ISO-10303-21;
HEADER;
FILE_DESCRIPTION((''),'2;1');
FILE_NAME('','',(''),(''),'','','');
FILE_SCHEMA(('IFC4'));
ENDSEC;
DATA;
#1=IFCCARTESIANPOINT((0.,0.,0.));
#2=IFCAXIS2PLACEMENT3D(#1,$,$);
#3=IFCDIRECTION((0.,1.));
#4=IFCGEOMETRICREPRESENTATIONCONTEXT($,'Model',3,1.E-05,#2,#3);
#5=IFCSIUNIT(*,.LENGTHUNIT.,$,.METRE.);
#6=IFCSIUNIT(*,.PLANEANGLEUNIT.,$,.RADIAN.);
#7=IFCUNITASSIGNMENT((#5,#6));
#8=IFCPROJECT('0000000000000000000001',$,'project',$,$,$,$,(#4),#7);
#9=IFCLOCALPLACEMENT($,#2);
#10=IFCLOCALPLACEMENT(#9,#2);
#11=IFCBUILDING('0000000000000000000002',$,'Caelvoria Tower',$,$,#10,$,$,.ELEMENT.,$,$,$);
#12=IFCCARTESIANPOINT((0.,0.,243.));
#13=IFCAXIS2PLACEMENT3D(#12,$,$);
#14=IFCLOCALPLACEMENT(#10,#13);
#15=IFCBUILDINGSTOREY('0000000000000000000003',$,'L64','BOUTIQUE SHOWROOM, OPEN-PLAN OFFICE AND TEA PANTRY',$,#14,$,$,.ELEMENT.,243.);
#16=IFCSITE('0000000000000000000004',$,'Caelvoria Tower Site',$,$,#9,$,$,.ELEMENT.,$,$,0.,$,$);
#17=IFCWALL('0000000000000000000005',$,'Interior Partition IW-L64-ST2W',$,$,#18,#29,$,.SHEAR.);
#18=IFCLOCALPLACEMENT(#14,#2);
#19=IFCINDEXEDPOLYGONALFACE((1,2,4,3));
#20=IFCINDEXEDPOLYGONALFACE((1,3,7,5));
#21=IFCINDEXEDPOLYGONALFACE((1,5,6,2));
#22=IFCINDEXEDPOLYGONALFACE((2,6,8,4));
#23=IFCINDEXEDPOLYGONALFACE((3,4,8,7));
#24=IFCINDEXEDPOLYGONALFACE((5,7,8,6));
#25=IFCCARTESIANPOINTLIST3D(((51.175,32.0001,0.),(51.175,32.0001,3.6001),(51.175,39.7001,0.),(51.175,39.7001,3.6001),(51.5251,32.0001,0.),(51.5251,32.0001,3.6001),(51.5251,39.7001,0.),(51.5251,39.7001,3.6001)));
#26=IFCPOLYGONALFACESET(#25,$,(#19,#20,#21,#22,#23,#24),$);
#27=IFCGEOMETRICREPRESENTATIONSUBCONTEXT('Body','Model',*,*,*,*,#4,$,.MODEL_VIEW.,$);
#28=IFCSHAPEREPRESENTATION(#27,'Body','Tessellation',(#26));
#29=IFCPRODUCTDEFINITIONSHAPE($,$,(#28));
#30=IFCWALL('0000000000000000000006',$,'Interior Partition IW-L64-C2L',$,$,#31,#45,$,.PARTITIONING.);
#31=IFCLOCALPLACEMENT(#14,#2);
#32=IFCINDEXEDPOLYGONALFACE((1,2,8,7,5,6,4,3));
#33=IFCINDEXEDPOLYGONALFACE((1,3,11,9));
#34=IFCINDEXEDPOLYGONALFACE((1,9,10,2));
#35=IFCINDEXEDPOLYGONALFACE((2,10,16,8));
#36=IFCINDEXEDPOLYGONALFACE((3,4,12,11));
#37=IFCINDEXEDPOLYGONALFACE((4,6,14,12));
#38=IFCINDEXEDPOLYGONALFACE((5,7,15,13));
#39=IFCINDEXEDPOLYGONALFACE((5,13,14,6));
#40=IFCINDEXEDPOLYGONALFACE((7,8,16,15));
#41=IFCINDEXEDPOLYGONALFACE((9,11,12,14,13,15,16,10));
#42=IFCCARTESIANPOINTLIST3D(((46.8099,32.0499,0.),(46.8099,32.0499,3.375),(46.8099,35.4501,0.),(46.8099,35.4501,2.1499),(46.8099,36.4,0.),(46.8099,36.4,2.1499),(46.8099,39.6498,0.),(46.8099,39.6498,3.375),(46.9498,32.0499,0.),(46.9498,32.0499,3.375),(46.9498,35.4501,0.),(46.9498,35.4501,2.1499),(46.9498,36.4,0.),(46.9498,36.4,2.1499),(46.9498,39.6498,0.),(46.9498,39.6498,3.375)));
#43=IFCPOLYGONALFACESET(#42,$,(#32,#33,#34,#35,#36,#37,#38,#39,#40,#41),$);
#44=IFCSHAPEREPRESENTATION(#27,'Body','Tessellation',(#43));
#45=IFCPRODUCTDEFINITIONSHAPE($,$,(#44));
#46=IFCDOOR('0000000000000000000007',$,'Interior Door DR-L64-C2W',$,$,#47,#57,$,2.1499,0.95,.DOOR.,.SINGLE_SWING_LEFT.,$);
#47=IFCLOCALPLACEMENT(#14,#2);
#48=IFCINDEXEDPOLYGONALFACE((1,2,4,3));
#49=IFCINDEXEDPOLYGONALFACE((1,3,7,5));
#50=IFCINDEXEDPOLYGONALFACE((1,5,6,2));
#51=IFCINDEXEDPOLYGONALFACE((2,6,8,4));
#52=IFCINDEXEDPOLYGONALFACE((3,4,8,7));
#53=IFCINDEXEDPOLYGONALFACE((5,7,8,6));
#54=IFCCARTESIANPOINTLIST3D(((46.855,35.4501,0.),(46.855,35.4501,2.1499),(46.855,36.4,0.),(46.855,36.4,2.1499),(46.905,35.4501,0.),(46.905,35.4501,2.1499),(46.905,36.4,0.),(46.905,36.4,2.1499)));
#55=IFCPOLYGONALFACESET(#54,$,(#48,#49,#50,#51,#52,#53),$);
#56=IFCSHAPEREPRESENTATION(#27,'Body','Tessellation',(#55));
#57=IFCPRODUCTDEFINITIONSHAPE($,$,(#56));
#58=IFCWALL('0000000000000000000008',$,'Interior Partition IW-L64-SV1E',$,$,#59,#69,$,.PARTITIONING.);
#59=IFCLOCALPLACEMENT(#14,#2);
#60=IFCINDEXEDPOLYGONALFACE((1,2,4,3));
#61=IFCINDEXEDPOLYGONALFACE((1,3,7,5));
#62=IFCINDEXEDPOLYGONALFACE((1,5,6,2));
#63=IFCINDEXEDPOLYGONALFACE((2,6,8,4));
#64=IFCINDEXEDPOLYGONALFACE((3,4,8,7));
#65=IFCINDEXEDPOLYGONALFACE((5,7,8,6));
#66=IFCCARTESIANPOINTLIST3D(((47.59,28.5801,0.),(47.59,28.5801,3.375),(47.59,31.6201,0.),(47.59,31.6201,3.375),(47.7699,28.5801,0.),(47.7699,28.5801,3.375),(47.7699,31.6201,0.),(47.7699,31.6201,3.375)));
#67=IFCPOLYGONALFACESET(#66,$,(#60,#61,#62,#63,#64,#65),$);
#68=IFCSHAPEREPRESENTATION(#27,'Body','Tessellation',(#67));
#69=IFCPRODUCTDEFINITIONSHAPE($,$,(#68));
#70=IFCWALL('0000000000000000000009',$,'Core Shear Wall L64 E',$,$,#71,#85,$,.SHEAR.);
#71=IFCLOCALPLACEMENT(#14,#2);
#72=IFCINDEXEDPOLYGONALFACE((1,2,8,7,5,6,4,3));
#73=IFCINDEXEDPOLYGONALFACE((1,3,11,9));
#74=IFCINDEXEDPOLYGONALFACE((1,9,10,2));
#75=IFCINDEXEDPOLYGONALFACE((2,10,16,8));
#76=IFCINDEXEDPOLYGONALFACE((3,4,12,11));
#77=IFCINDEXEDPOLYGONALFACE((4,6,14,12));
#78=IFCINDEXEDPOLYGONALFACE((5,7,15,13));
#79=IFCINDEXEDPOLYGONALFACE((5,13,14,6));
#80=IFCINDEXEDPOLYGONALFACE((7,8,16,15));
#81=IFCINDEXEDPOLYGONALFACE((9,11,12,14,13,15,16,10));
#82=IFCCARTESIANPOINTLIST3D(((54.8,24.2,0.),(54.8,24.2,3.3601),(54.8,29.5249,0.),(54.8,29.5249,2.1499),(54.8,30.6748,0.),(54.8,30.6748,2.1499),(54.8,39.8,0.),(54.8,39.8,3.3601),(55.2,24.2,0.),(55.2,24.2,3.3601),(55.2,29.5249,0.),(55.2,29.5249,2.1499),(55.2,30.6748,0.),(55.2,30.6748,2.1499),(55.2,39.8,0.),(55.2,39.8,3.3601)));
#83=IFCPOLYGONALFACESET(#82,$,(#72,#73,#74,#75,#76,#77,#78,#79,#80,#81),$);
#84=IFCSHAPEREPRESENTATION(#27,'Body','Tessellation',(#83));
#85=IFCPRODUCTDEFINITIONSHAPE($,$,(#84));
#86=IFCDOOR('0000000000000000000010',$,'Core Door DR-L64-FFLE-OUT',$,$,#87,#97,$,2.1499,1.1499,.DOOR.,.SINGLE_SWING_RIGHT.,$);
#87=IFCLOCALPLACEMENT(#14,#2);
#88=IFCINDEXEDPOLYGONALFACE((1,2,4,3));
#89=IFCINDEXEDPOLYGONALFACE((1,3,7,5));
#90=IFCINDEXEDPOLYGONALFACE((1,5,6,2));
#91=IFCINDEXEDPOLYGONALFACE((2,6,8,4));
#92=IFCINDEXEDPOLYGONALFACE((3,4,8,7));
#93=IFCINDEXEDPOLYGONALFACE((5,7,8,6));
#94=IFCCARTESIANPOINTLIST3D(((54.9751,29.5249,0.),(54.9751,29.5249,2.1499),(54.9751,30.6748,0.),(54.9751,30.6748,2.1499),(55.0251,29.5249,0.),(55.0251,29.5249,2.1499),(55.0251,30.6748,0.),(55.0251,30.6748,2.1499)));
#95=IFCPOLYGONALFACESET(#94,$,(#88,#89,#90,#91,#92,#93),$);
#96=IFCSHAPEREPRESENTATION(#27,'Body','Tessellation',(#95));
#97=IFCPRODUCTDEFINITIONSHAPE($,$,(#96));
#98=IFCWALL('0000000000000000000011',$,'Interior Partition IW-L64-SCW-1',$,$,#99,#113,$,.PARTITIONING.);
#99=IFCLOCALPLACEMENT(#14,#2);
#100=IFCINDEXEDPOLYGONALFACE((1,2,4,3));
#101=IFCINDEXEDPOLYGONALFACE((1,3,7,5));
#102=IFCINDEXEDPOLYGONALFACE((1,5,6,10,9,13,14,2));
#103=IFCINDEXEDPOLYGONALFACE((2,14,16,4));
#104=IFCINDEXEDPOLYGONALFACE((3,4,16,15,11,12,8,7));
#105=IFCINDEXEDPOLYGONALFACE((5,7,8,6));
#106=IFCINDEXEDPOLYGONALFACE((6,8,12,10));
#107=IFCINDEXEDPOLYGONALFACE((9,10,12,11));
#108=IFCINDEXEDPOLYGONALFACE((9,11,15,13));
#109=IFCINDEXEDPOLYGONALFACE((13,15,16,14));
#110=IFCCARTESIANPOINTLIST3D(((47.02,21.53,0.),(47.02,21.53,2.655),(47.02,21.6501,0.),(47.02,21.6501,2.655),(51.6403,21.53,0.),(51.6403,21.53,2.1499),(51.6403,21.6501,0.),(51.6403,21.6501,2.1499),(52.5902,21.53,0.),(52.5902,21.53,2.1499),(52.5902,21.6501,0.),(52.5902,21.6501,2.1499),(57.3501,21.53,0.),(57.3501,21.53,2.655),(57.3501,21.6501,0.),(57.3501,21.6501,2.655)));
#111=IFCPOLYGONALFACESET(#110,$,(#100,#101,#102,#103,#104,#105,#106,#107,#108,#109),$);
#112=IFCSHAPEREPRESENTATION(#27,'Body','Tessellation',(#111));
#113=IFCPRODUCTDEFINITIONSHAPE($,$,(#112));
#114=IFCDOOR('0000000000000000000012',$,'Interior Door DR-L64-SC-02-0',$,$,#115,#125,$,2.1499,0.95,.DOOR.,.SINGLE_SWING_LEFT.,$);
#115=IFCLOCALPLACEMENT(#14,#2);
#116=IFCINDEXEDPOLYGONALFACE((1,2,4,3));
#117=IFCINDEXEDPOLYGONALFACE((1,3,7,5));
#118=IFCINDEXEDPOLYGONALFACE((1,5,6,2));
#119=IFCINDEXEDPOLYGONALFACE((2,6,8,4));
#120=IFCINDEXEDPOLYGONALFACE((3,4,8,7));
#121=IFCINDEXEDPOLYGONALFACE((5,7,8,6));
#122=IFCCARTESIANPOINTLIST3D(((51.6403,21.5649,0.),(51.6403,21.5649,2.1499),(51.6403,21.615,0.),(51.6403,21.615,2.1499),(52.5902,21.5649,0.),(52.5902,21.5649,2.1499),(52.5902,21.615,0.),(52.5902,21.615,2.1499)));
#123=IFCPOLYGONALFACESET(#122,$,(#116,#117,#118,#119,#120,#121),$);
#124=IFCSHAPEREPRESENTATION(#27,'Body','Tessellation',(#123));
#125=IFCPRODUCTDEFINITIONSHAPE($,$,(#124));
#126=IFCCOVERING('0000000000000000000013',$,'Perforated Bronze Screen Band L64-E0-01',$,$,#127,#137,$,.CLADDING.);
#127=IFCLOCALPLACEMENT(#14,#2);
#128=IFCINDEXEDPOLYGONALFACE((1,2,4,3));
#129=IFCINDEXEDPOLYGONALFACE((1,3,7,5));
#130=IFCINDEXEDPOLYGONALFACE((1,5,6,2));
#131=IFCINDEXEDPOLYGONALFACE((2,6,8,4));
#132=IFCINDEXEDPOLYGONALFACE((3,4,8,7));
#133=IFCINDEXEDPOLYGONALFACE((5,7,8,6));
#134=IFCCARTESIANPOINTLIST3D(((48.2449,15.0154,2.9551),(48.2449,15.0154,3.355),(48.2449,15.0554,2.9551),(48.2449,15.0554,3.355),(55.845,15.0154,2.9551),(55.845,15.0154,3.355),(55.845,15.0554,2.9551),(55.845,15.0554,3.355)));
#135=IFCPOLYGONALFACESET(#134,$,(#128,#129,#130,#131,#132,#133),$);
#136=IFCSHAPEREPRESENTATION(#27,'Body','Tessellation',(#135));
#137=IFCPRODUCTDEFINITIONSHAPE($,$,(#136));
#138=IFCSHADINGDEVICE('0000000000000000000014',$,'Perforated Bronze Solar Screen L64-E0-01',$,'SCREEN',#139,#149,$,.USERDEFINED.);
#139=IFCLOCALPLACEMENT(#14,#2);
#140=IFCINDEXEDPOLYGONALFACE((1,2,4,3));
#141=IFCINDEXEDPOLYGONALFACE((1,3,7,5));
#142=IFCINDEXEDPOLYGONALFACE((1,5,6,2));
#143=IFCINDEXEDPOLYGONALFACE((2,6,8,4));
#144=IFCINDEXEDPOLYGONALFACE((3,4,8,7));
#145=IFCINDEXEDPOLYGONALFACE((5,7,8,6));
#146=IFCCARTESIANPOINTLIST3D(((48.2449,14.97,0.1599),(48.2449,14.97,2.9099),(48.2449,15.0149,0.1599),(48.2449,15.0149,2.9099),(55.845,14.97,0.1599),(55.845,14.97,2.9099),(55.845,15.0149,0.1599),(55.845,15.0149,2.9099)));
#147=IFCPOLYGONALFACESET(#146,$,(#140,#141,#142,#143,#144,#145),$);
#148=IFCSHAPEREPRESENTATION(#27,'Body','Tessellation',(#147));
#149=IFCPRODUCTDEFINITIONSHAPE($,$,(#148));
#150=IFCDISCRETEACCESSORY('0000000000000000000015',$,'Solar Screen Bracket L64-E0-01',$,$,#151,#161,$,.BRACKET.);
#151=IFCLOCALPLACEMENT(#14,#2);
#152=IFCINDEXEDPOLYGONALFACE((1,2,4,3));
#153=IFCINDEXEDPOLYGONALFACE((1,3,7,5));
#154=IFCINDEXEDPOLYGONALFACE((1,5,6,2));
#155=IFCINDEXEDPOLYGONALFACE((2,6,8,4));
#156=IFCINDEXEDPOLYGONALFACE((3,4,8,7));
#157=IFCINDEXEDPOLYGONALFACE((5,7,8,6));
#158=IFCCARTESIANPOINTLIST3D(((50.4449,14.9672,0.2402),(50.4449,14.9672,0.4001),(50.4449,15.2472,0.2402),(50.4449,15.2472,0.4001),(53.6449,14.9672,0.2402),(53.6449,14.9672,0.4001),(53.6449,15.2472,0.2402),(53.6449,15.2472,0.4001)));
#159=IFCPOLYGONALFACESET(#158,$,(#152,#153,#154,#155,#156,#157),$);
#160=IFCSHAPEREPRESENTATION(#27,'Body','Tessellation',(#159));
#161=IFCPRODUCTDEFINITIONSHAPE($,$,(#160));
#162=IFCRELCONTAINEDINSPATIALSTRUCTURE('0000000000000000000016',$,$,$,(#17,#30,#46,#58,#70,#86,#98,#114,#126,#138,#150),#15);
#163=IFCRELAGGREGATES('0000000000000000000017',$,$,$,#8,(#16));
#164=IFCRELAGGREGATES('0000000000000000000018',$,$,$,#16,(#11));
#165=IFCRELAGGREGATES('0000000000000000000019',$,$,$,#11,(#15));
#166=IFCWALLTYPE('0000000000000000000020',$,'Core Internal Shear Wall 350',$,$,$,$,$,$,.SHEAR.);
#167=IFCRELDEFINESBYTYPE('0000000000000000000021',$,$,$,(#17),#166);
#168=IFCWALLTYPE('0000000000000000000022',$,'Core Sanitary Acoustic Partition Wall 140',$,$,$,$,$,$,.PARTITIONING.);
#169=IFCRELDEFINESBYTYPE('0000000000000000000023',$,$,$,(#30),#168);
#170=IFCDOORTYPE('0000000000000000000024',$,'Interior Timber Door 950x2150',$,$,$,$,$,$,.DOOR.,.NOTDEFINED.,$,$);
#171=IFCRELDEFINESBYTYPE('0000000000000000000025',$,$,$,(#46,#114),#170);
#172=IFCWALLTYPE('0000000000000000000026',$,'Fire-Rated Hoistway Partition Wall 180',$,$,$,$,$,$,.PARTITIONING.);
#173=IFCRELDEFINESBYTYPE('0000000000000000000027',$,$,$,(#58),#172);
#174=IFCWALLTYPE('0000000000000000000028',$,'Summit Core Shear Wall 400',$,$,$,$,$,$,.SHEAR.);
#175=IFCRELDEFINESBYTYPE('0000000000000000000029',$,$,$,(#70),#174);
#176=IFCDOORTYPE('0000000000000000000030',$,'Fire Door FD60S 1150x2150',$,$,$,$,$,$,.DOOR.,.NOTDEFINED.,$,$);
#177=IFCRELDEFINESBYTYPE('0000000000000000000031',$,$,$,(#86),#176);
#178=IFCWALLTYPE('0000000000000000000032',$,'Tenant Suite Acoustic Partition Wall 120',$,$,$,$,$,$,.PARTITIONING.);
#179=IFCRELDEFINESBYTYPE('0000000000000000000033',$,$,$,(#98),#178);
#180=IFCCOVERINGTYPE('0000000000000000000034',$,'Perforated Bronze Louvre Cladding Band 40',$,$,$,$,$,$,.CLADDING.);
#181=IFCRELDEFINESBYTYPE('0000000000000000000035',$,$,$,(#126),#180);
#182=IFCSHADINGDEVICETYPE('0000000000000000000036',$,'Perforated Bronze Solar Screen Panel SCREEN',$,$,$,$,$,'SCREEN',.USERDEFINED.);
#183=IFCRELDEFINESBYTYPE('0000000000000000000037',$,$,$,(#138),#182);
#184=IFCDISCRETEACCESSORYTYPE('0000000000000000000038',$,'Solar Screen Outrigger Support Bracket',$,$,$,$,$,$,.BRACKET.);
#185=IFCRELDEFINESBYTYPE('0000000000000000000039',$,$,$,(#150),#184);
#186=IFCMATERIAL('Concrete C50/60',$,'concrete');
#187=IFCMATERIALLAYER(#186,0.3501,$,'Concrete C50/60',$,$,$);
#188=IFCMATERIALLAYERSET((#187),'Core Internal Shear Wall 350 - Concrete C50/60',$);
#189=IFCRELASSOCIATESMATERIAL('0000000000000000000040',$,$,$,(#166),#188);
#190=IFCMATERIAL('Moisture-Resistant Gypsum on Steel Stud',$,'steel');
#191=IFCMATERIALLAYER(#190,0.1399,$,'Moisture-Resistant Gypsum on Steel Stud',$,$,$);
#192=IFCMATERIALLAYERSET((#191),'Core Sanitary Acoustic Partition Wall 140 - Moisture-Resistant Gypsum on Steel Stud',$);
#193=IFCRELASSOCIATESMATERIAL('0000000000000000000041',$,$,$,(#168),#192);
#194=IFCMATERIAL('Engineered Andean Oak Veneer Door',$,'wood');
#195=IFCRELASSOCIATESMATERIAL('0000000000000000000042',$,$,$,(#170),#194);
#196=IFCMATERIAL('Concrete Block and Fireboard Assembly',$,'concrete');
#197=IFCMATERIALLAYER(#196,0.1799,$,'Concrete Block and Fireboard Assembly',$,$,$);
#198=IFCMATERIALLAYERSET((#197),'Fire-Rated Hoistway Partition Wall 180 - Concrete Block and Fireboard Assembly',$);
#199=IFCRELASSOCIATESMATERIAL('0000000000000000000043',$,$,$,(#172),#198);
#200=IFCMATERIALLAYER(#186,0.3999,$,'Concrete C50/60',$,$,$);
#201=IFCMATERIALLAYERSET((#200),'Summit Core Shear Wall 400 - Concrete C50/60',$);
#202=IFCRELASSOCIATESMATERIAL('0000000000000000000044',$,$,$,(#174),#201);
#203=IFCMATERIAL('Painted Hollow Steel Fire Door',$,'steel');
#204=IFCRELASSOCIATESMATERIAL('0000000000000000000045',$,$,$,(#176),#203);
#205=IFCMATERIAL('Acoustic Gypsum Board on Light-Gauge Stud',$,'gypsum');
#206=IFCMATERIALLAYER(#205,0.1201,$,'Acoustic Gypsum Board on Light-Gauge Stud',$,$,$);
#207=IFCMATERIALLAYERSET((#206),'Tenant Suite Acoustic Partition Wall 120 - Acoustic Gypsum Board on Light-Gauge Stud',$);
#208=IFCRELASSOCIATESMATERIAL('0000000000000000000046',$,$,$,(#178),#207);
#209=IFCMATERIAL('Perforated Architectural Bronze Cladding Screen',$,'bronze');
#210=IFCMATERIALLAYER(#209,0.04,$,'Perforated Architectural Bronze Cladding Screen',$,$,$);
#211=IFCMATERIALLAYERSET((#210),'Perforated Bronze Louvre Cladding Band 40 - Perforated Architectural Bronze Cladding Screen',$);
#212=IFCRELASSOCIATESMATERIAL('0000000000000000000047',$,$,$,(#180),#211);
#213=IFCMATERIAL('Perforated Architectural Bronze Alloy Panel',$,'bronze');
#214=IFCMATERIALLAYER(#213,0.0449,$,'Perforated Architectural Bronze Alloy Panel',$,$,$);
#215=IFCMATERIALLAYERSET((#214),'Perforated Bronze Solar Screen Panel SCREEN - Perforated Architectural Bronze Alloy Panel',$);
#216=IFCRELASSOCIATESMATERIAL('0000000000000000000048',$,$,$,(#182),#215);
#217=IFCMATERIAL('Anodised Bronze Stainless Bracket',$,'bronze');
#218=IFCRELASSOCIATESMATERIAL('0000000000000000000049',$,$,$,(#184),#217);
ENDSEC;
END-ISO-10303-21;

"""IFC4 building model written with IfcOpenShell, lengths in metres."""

from ifc_helpers import new_model, si_unit, direction, frame, frame_2d, origin, origin_2d, place, context, subcontext, project, spatial, rectangle, extrude, material, layer, layer_set, type_object, element, fill, save


model = new_model("IFC4")

# Units and contexts
model_context = context("Model", 3, precision=1e-05, world=origin(), true_north=direction((0.0, 1.0)))
body_context = subcontext(model_context, "Body", "Model", "MODEL_VIEW")
ifc_project = project(units=[si_unit("LENGTHUNIT", "METRE"), si_unit("PLANEANGLEUNIT", "RADIAN")], contexts=[model_context])

# Site, building, storey
site_placement = place(None, origin())
site = spatial("IfcSite", under=ifc_project, at=site_placement, Name="Caelvoria Tower Site", CompositionType="ELEMENT", RefElevation=0.0)
building_placement = place(site_placement, origin())
building = spatial("IfcBuilding", under=site, at=building_placement, Name="Caelvoria Tower", CompositionType="ELEMENT")
storey_placement = place(building_placement, frame((0.0, 0.0, 243.0)))
storey = spatial("IfcBuildingStorey", under=building, at=storey_placement, Name="L64", Description="BOUTIQUE SHOWROOM, OPEN-PLAN OFFICE AND TEA PANTRY", CompositionType="ELEMENT", Elevation=243.0)

# Wall
ifc_material_1 = material(Name="Concrete C50/60", Category="concrete")
ifc_layer_1 = layer(ifc_material_1, 0.3501, Name="Concrete C50/60")
ifc_layer_set_1 = layer_set([ifc_layer_1], Name="Core Internal Shear Wall 350 - Concrete C50/60")
wall_type_1 = type_object("IfcWallType", Name="Core Internal Shear Wall 350", PredefinedType="SHEAR", material=ifc_layer_set_1)
wall_1_placement = place(storey_placement, frame((51.3501, 32.0, 0.0), z_axis=(0.0, 0.0, 1.0), x_axis=(0.0, 1.0, 0.0)))
element("IfcWall", 1, at=wall_1_placement, inside=storey, type_object=wall_type_1, Name="Interior Partition IW-L64-ST2W", PredefinedType="SHEAR", context=body_context, shape_type="SweptSolid", body=[
    extrude(rectangle(XDim=7.7, YDim=0.3501, at=frame_2d((3.8501, 0.0))), origin(), (0.0, 0.0, 1.0), 3.6001),
])

# Wall, opening, door
ifc_material_2 = material(Name="Moisture-Resistant Gypsum on Steel Stud", Category="steel")
ifc_layer_2 = layer(ifc_material_2, 0.1399, Name="Moisture-Resistant Gypsum on Steel Stud")
ifc_layer_set_2 = layer_set([ifc_layer_2], Name="Core Sanitary Acoustic Partition Wall 140 - Moisture-Resistant Gypsum on Steel Stud")
wall_type_2 = type_object("IfcWallType", Name="Core Sanitary Acoustic Partition Wall 140", PredefinedType="PARTITIONING", material=ifc_layer_set_2)
wall_2_placement = place(storey_placement, frame((46.8799, 32.05, 0.0), z_axis=(0.0, 0.0, 1.0), x_axis=(0.0, 1.0, 0.0)))
wall_2 = element("IfcWall", 2, at=wall_2_placement, inside=storey, type_object=wall_type_2, Name="Interior Partition IW-L64-C2L", PredefinedType="PARTITIONING", context=body_context, shape_type="SweptSolid", body=[
    extrude(rectangle(XDim=7.5999, YDim=0.1399, at=frame_2d((3.7998, 0.0))), origin(), (0.0, 0.0, 1.0), 3.375),
])
opening_1_placement = place(wall_2_placement, frame((3.3999, 0.0, 0.0)))
opening_1 = element("IfcOpeningElement", 3, at=opening_1_placement, cuts=wall_2, PredefinedType="OPENING", context=body_context, shape_type="SweptSolid", body=[
    extrude(rectangle(XDim=0.95, YDim=2.1499, at=frame_2d((0.4751, 1.075))), frame((0.0, 0.0798, 0.0), z_axis=(0.0, -1.0, 0.0), x_axis=(1.0, 0.0, 0.0)), (0.0, 0.0, 1.0), 0.1599),
])
ifc_material_3 = material(Name="Engineered Andean Oak Veneer Door", Category="wood")
door_type_1 = type_object("IfcDoorType", Name="Interior Timber Door 950x2150", OperationType="NOTDEFINED", PredefinedType="DOOR", material=ifc_material_3)
door_1_placement = place(opening_1_placement, origin())
door_1 = element("IfcDoor", 4, at=door_1_placement, inside=storey, type_object=door_type_1, Name="Interior Door DR-L64-C2W", OperationType="SINGLE_SWING_LEFT", OverallHeight=2.1499, OverallWidth=0.95, PredefinedType="DOOR", context=body_context, shape_type="SweptSolid", body=[
    extrude(rectangle(XDim=0.95, YDim=2.1499, at=frame_2d((0.4751, 1.075))), frame((0.0, 0.0249, 0.0), z_axis=(0.0, -1.0, 0.0), x_axis=(1.0, 0.0, 0.0)), (0.0, 0.0, 1.0), 0.05),
])
fill(opening_1, door_1)

# Wall
ifc_material_4 = material(Name="Concrete Block and Fireboard Assembly", Category="concrete")
ifc_layer_3 = layer(ifc_material_4, 0.1799, Name="Concrete Block and Fireboard Assembly")
ifc_layer_set_3 = layer_set([ifc_layer_3], Name="Fire-Rated Hoistway Partition Wall 180 - Concrete Block and Fireboard Assembly")
wall_type_3 = type_object("IfcWallType", Name="Fire-Rated Hoistway Partition Wall 180", PredefinedType="PARTITIONING", material=ifc_layer_set_3)
wall_3_placement = place(storey_placement, frame((47.6799, 28.5801, 0.0), z_axis=(0.0, 0.0, 1.0), x_axis=(0.0, 1.0, 0.0)))
element("IfcWall", 5, at=wall_3_placement, inside=storey, type_object=wall_type_3, Name="Interior Partition IW-L64-SV1E", PredefinedType="PARTITIONING", context=body_context, shape_type="SweptSolid", body=[
    extrude(rectangle(XDim=3.04, YDim=0.1799, at=frame_2d((1.52, 0.0))), origin(), (0.0, 0.0, 1.0), 3.375),
])

# Walls, openings, doors
ifc_layer_4 = layer(ifc_material_1, 0.3999, Name="Concrete C50/60")
ifc_layer_set_4 = layer_set([ifc_layer_4], Name="Summit Core Shear Wall 400 - Concrete C50/60")
wall_type_4 = type_object("IfcWallType", Name="Summit Core Shear Wall 400", PredefinedType="SHEAR", material=ifc_layer_set_4)
wall_4_placement = place(storey_placement, frame((55.0, 24.2, 0.0), z_axis=(0.0, 0.0, 1.0), x_axis=(0.0, 1.0, 0.0)))
wall_4 = element("IfcWall", 6, at=wall_4_placement, inside=storey, type_object=wall_type_4, Name="Core Shear Wall L64 E", PredefinedType="SHEAR", context=body_context, shape_type="SweptSolid", body=[
    extrude(rectangle(XDim=15.6001, YDim=0.3999, at=frame_2d((7.8, 0.0))), origin(), (0.0, 0.0, 1.0), 3.3601),
])
opening_2_placement = place(wall_4_placement, frame((5.325, 0.0, 0.0)))
opening_2 = element("IfcOpeningElement", 7, at=opening_2_placement, cuts=wall_4, PredefinedType="OPENING", context=body_context, shape_type="SweptSolid", body=[
    extrude(rectangle(XDim=1.1499, YDim=2.1499, at=frame_2d((0.575, 1.075))), frame((0.0, 0.21, 0.0), z_axis=(0.0, -1.0, 0.0), x_axis=(1.0, 0.0, 0.0)), (0.0, 0.0, 1.0), 0.4199),
])
ifc_material_5 = material(Name="Painted Hollow Steel Fire Door", Category="steel")
door_type_2 = type_object("IfcDoorType", Name="Fire Door FD60S 1150x2150", OperationType="NOTDEFINED", PredefinedType="DOOR", material=ifc_material_5)
door_2_placement = place(opening_2_placement, origin())
door_2 = element("IfcDoor", 8, at=door_2_placement, inside=storey, type_object=door_type_2, Name="Core Door DR-L64-FFLE-OUT", OperationType="SINGLE_SWING_RIGHT", OverallHeight=2.1499, OverallWidth=1.1499, PredefinedType="DOOR", context=body_context, shape_type="SweptSolid", body=[
    extrude(rectangle(XDim=1.1499, YDim=2.1499, at=frame_2d((0.575, 1.075))), frame((0.0, 0.0249, 0.0), z_axis=(0.0, -1.0, 0.0), x_axis=(1.0, 0.0, 0.0)), (0.0, 0.0, 1.0), 0.05),
])
fill(opening_2, door_2)
ifc_material_6 = material(Name="Acoustic Gypsum Board on Light-Gauge Stud", Category="gypsum")
ifc_layer_5 = layer(ifc_material_6, 0.1201, Name="Acoustic Gypsum Board on Light-Gauge Stud")
ifc_layer_set_5 = layer_set([ifc_layer_5], Name="Tenant Suite Acoustic Partition Wall 120 - Acoustic Gypsum Board on Light-Gauge Stud")
wall_type_5 = type_object("IfcWallType", Name="Tenant Suite Acoustic Partition Wall 120", PredefinedType="PARTITIONING", material=ifc_layer_set_5)
wall_5_placement = place(storey_placement, frame((47.02, 21.5901, 0.0), z_axis=(0.0, 0.0, 1.0), x_axis=(1.0, 0.0, 0.0)))
wall_5 = element("IfcWall", 9, at=wall_5_placement, inside=storey, type_object=wall_type_5, Name="Interior Partition IW-L64-SCW-1", PredefinedType="PARTITIONING", context=body_context, shape_type="SweptSolid", body=[
    extrude(rectangle(XDim=10.3301, YDim=0.1201, at=frame_2d((5.165, 0.0))), origin(), (0.0, 0.0, 1.0), 2.655),
])
opening_3_placement = place(wall_5_placement, frame((4.6201, 0.0, 0.0)))
opening_3 = element("IfcOpeningElement", 10, at=opening_3_placement, cuts=wall_5, PredefinedType="OPENING", context=body_context, shape_type="SweptSolid", body=[
    extrude(rectangle(XDim=0.95, YDim=2.1499, at=frame_2d((0.4751, 1.075))), frame((0.0, 0.0701, 0.0), z_axis=(0.0, -1.0, 0.0), x_axis=(1.0, 0.0, 0.0)), (0.0, 0.0, 1.0), 0.1401),
])
door_3_placement = place(opening_3_placement, origin())
door_3 = element("IfcDoor", 11, at=door_3_placement, inside=storey, type_object=door_type_1, Name="Interior Door DR-L64-SC-02-0", OperationType="SINGLE_SWING_LEFT", OverallHeight=2.1499, OverallWidth=0.95, PredefinedType="DOOR", context=body_context, shape_type="SweptSolid", body=[
    extrude(rectangle(XDim=0.95, YDim=2.1499, at=frame_2d((0.4751, 1.075))), frame((0.0, 0.0249, 0.0), z_axis=(0.0, -1.0, 0.0), x_axis=(1.0, 0.0, 0.0)), (0.0, 0.0, 1.0), 0.05),
])
fill(opening_3, door_3)

# Covering
ifc_material_7 = material(Name="Perforated Architectural Bronze Cladding Screen", Category="bronze")
ifc_layer_6 = layer(ifc_material_7, 0.04, Name="Perforated Architectural Bronze Cladding Screen")
ifc_layer_set_6 = layer_set([ifc_layer_6], Name="Perforated Bronze Louvre Cladding Band 40 - Perforated Architectural Bronze Cladding Screen")
covering_type = type_object("IfcCoveringType", Name="Perforated Bronze Louvre Cladding Band 40", PredefinedType="CLADDING", material=ifc_layer_set_6)
covering_placement = place(storey_placement, frame((52.0449, 15.0354, 2.9551), z_axis=(0.0, 0.0, 1.0), x_axis=(1.0, 0.0, 0.0)))
element("IfcCovering", 12, at=covering_placement, inside=storey, type_object=covering_type, Name="Perforated Bronze Screen Band L64-E0-01", PredefinedType="CLADDING", context=body_context, shape_type="SweptSolid", body=[
    extrude(rectangle(XDim=7.6001, YDim=0.04, at=origin_2d()), origin(), (0.0, 0.0, 1.0), 0.3999),
])

# Shading device
ifc_material_8 = material(Name="Perforated Architectural Bronze Alloy Panel", Category="bronze")
ifc_layer_7 = layer(ifc_material_8, 0.0449, Name="Perforated Architectural Bronze Alloy Panel")
ifc_layer_set_7 = layer_set([ifc_layer_7], Name="Perforated Bronze Solar Screen Panel SCREEN - Perforated Architectural Bronze Alloy Panel")
shading_device_type = type_object("IfcShadingDeviceType", Name="Perforated Bronze Solar Screen Panel SCREEN", ElementType="SCREEN", PredefinedType="USERDEFINED", material=ifc_layer_set_7)
shading_device_placement = place(storey_placement, frame((52.0449, 14.9924, 0.1599), z_axis=(0.0, 0.0, 1.0), x_axis=(1.0, 0.0, 0.0)))
element("IfcShadingDevice", 13, at=shading_device_placement, inside=storey, type_object=shading_device_type, Name="Perforated Bronze Solar Screen L64-E0-01", ObjectType="SCREEN", PredefinedType="USERDEFINED", context=body_context, shape_type="SweptSolid", body=[
    extrude(rectangle(XDim=7.6001, YDim=0.0449, at=origin_2d()), origin(), (0.0, 0.0, 1.0), 2.75),
])

# Discrete accessory
ifc_material_9 = material(Name="Anodised Bronze Stainless Bracket", Category="bronze")
discrete_accessory_type = type_object("IfcDiscreteAccessoryType", Name="Solar Screen Outrigger Support Bracket", PredefinedType="BRACKET", material=ifc_material_9)
for number, where, z_axis, x_axis, name in (
    (14, (52.0449, 15.1072, 0.2402), (0.0, 0.0, 1.0), (1.0, 0.0, 0.0), "Solar Screen Bracket L64-E0-01"),
):
    element("IfcDiscreteAccessory", number, at=place(storey_placement, frame(where, z_axis=z_axis, x_axis=x_axis)), inside=storey, type_object=discrete_accessory_type, Name=name, PredefinedType="BRACKET", context=body_context, shape_type="SweptSolid", body=[
        extrude(rectangle(XDim=3.2, YDim=0.28, at=origin_2d()), origin(), (0.0, 0.0, 1.0), 0.1599),
    ])

save(model, "model.ifc")
